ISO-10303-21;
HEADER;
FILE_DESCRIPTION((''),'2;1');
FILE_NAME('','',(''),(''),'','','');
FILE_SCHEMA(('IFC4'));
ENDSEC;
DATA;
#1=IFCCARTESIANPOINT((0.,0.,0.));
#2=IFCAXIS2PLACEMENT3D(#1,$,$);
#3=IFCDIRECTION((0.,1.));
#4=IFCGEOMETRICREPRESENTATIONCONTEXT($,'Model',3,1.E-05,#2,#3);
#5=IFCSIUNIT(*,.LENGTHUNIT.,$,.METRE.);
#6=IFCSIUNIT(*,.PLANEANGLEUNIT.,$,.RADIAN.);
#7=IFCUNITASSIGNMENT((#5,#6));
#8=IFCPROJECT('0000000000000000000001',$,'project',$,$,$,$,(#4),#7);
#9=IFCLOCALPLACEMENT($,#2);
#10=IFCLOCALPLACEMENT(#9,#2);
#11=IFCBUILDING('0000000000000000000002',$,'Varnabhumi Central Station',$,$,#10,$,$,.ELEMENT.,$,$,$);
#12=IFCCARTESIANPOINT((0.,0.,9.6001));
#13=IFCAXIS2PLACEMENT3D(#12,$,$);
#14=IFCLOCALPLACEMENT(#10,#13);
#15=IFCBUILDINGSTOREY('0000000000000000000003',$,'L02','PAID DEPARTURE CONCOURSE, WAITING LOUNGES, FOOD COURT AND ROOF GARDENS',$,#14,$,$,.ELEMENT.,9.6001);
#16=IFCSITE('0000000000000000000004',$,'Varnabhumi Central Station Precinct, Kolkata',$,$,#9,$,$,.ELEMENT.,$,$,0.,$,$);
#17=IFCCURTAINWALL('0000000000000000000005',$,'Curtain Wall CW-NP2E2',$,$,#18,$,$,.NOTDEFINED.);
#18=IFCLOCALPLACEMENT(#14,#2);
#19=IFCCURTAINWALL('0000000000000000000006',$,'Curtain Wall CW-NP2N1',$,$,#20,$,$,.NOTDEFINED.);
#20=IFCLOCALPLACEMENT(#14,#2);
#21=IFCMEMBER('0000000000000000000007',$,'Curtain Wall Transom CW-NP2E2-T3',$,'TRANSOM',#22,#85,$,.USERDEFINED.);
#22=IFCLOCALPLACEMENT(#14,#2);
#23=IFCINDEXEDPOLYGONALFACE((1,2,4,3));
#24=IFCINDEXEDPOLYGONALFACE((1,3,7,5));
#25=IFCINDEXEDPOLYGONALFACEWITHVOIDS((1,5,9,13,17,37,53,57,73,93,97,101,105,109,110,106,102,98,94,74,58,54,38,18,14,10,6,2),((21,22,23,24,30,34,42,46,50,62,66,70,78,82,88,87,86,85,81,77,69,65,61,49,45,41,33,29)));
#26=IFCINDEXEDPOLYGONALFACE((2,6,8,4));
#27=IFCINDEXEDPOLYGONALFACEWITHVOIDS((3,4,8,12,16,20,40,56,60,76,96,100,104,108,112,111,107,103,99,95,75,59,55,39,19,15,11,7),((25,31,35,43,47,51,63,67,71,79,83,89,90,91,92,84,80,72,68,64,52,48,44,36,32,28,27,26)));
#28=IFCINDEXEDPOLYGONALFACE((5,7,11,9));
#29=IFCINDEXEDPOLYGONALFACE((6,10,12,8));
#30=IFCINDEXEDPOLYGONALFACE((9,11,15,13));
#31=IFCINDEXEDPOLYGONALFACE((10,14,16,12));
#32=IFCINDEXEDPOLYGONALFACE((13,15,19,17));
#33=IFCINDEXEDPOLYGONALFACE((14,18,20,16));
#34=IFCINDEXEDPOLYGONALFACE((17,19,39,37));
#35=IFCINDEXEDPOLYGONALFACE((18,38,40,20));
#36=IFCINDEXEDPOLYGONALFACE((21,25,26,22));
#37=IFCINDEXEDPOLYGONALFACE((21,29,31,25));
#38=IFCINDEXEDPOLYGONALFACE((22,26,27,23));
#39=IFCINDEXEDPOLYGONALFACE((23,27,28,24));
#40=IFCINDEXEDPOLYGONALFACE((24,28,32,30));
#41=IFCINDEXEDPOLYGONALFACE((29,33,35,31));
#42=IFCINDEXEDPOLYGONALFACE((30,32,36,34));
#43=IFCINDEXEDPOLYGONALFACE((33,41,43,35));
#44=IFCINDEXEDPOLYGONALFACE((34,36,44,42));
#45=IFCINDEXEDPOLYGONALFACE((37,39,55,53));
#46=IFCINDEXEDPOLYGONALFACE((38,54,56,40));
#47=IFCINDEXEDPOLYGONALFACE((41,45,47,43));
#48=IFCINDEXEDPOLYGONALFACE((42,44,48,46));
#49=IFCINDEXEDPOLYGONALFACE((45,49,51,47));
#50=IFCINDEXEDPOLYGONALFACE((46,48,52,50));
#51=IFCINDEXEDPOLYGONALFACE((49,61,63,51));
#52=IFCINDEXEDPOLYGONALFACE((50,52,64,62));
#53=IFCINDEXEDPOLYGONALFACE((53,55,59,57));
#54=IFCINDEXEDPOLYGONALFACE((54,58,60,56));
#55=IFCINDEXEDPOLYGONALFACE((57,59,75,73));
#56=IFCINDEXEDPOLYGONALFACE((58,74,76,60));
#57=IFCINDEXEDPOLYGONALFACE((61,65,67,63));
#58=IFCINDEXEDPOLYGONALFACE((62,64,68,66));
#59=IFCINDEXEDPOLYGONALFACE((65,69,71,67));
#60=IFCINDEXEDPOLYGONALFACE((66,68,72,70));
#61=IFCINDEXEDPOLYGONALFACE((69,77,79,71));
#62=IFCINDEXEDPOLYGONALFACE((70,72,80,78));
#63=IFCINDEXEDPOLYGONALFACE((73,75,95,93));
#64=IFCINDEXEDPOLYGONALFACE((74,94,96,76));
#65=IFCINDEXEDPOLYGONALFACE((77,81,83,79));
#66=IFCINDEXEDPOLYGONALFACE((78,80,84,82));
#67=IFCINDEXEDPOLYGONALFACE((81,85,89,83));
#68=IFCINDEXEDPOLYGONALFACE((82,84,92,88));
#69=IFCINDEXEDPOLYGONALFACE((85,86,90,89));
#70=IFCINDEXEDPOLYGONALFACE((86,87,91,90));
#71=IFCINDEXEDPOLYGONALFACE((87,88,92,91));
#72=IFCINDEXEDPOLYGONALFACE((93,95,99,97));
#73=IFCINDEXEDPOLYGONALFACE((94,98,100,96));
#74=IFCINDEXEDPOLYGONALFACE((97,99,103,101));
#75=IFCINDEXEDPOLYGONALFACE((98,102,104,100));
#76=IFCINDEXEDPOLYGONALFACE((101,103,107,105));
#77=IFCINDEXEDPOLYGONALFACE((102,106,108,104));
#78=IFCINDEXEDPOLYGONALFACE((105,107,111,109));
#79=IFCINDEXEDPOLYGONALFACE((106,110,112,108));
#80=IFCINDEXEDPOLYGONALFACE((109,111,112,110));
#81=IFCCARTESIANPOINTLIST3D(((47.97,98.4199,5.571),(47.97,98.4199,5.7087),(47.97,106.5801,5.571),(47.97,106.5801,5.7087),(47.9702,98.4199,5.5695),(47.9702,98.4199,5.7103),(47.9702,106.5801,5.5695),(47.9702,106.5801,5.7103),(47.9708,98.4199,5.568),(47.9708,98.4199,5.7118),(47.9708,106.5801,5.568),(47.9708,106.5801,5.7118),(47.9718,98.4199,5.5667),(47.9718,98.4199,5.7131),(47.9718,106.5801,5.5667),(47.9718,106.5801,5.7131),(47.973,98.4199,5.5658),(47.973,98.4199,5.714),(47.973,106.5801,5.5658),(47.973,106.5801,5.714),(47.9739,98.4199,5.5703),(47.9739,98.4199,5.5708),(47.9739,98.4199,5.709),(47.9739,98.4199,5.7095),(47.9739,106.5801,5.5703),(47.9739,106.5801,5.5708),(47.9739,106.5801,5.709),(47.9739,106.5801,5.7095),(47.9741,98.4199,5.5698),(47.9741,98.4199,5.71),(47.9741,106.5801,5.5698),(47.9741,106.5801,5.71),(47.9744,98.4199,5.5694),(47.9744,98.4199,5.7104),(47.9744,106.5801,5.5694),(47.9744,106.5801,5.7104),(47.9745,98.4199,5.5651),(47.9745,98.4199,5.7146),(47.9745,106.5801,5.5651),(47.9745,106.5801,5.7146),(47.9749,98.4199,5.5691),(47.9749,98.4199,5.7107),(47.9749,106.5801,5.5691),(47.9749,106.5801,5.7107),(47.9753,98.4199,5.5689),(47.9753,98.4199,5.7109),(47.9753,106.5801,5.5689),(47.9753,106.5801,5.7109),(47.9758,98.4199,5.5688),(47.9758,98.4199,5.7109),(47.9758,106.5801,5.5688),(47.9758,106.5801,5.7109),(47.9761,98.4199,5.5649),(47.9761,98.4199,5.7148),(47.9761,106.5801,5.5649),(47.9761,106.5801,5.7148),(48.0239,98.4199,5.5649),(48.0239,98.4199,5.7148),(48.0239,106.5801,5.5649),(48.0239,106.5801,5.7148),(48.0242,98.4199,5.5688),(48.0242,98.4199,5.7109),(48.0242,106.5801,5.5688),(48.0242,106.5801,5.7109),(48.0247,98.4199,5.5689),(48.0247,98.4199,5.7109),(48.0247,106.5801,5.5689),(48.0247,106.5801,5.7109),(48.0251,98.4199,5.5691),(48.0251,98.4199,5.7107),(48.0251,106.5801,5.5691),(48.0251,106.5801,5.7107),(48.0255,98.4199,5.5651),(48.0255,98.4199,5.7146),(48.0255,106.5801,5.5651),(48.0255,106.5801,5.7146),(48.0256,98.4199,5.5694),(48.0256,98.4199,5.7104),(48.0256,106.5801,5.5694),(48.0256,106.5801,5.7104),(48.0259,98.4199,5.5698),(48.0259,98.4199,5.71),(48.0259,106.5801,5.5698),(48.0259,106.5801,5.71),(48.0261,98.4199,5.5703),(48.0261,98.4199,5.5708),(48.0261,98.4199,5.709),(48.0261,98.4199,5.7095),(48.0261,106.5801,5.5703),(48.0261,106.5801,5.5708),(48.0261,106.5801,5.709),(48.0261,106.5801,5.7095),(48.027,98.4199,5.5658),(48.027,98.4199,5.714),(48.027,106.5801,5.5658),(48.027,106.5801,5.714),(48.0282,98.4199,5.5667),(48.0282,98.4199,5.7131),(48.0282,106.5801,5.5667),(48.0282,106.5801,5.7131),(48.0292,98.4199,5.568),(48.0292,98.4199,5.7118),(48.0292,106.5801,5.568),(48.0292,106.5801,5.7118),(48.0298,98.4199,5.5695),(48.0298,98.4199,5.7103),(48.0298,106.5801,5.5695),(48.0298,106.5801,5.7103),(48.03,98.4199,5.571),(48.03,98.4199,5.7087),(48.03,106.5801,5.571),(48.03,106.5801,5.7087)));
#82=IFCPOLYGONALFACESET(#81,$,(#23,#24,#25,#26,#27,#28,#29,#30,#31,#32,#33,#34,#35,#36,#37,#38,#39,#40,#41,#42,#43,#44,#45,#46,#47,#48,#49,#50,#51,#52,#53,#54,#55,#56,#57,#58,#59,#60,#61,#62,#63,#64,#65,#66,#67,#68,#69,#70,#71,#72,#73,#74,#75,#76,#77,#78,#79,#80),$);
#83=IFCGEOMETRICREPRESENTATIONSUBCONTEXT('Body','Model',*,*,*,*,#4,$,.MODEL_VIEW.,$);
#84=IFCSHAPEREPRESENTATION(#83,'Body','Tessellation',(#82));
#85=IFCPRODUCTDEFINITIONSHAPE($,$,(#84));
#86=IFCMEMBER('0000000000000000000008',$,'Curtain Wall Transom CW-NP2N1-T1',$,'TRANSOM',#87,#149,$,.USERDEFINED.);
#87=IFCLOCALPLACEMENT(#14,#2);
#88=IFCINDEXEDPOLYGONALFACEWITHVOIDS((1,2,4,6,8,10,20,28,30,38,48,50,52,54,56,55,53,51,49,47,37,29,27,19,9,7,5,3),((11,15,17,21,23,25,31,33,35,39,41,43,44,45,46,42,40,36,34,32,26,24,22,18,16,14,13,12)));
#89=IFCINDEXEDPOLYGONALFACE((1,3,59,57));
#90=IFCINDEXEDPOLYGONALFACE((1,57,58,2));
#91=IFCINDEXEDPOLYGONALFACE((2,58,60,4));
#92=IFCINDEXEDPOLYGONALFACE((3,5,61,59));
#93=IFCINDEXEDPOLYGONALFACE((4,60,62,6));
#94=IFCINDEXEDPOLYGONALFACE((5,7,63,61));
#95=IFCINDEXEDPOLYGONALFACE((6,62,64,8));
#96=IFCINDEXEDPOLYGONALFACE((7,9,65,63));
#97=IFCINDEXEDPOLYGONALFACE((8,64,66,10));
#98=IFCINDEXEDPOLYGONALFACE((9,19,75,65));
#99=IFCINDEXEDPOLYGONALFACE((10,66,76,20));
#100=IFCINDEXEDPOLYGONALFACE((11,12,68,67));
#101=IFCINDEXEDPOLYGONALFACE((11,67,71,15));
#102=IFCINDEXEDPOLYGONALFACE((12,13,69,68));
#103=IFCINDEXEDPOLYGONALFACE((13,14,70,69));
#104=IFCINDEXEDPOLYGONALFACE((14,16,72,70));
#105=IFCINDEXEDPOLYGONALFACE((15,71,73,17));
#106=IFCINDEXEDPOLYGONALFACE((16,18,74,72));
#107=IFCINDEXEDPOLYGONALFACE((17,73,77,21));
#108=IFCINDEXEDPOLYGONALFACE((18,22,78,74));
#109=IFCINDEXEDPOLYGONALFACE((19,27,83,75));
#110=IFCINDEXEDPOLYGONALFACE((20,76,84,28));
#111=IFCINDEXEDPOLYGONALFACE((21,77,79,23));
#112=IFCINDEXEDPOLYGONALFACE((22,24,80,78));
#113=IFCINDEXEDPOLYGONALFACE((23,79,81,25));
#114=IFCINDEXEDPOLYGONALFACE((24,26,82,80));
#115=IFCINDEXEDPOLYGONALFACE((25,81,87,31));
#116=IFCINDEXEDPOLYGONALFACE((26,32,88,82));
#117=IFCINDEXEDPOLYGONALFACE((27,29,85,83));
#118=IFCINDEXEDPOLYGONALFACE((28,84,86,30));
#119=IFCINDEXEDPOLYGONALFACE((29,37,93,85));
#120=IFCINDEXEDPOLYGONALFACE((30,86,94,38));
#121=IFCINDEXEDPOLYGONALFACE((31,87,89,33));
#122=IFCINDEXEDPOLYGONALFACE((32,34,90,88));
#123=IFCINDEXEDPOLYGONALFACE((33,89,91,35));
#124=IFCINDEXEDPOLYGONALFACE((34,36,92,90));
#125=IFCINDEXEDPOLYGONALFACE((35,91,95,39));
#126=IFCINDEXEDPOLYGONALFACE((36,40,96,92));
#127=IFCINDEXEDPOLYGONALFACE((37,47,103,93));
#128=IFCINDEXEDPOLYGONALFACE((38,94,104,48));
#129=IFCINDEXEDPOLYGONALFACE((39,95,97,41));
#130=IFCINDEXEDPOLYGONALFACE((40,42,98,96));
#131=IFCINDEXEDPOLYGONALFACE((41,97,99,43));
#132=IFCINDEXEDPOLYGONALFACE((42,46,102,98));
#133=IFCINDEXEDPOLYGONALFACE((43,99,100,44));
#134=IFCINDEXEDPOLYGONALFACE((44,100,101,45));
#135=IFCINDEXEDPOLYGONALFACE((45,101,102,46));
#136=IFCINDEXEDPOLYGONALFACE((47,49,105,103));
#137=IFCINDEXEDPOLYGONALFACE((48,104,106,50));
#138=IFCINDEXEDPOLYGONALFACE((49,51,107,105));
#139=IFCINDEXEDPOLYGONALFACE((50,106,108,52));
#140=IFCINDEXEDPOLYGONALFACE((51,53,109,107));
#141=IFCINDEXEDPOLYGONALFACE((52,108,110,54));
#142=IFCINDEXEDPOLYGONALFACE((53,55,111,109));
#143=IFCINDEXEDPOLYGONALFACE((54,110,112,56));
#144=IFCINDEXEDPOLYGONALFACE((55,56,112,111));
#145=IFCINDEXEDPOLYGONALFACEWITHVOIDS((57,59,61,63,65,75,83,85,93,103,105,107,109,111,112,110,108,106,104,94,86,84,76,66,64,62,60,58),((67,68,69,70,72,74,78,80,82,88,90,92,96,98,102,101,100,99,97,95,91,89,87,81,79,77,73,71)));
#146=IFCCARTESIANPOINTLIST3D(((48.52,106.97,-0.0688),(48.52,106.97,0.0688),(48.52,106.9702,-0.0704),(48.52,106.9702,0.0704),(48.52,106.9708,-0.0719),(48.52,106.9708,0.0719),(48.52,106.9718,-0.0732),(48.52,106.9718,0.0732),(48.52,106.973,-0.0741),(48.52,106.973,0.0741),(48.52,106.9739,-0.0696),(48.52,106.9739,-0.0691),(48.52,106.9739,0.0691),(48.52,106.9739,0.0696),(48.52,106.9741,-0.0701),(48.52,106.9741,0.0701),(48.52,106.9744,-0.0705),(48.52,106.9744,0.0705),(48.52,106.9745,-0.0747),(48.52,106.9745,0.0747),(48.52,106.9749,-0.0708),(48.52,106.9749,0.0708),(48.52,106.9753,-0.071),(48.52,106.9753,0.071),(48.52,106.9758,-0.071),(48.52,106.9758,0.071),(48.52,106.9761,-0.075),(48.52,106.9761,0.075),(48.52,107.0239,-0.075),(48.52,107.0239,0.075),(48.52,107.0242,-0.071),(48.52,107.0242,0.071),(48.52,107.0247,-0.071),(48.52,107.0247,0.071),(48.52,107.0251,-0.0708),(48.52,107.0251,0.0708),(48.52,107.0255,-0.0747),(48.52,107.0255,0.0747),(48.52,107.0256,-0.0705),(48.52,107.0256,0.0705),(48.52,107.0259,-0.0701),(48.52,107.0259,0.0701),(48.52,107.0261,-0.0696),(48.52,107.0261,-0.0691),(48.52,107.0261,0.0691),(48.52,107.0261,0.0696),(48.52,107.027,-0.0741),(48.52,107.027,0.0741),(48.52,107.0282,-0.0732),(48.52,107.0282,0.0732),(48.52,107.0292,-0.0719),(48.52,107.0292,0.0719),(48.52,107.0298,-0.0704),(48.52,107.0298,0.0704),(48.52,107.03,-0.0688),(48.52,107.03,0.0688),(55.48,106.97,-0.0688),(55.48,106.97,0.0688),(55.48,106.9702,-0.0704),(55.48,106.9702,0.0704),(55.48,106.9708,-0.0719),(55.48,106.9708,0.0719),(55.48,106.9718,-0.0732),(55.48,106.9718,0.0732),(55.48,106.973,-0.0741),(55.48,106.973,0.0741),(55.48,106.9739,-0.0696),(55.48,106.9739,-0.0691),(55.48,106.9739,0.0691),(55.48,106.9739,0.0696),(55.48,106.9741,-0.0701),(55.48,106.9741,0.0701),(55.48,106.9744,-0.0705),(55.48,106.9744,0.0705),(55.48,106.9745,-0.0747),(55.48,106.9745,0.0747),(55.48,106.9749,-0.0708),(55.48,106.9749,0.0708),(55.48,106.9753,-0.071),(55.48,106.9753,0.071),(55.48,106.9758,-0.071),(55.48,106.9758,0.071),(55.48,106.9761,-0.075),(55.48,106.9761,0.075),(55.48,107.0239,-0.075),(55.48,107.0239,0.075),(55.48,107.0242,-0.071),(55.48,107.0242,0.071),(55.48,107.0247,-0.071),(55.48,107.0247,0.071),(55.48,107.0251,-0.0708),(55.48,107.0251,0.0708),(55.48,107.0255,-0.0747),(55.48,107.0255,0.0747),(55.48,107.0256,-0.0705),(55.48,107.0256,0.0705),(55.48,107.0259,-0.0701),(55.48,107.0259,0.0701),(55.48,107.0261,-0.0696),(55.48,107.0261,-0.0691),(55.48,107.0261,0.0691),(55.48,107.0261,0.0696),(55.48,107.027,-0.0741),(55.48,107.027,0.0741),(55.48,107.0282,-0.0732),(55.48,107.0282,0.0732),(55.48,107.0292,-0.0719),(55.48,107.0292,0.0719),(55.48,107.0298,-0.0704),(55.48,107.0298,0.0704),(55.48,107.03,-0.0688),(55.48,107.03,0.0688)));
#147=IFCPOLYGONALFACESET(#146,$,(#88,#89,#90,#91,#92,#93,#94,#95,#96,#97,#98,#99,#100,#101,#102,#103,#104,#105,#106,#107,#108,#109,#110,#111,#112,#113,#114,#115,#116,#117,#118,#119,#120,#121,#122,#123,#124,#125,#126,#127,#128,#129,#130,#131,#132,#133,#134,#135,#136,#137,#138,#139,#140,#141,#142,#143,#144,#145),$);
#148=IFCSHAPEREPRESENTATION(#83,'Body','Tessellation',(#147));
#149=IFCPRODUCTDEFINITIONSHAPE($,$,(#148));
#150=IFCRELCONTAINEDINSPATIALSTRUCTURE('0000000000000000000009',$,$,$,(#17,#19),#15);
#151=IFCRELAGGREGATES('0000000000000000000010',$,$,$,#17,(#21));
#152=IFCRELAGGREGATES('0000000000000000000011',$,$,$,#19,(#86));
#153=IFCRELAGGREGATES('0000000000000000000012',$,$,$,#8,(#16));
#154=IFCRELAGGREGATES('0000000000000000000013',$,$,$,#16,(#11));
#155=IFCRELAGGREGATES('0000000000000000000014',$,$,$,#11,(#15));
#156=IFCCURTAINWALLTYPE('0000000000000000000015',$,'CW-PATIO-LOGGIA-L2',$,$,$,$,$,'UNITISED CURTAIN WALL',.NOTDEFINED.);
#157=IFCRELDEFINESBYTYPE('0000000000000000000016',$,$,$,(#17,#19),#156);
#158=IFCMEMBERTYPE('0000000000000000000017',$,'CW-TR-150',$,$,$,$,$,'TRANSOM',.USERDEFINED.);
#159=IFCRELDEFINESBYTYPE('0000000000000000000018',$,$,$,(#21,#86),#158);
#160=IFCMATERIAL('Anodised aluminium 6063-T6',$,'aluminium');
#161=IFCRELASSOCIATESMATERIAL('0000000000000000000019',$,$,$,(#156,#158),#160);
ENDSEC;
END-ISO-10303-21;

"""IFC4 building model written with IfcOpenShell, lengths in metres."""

from ifc_helpers import new_model, si_unit, direction, frame, origin, origin_2d, place, context, subcontext, project, spatial, hollow_rectangle, extrude, material, material_profile, profile_set, type_object, element, aggregate, save


model = new_model("IFC4")

# Units and contexts
model_context = context("Model", 3, precision=1e-05, world=origin(), true_north=direction((0.0, 1.0)))
body_context = subcontext(model_context, "Body", "Model", "MODEL_VIEW")
ifc_project = project(units=[si_unit("LENGTHUNIT", "METRE"), si_unit("PLANEANGLEUNIT", "RADIAN")], contexts=[model_context])

# Site, building, storey
site_placement = place(None, origin())
site = spatial("IfcSite", under=ifc_project, at=site_placement, Name="Varnabhumi Central Station Precinct, Kolkata", CompositionType="ELEMENT", RefElevation=0.0)
building_placement = place(site_placement, origin())
building = spatial("IfcBuilding", under=site, at=building_placement, Name="Varnabhumi Central Station", CompositionType="ELEMENT")
storey_placement = place(building_placement, frame((0.0, 0.0, 9.6001)))
storey = spatial("IfcBuildingStorey", under=building, at=storey_placement, Name="L02", Description="PAID DEPARTURE CONCOURSE, WAITING LOUNGES, FOOD COURT AND ROOF GARDENS", CompositionType="ELEMENT", Elevation=9.6001)

# Curtain walls
ifc_material_1 = material(Name="Anodised aluminium 6063-T6", Category="aluminium")
curtain_wall_type = type_object("IfcCurtainWallType", Name="CW-PATIO-LOGGIA-L2", ElementType="UNITISED CURTAIN WALL", PredefinedType="NOTDEFINED", material=ifc_material_1)
curtain_wall_1_placement = place(storey_placement, origin())
curtain_wall_1 = element("IfcCurtainWall", 1, at=curtain_wall_1_placement, inside=storey, type_object=curtain_wall_type, Name="Curtain Wall CW-NP2E2", PredefinedType="NOTDEFINED")
curtain_wall_2_placement = place(storey_placement, origin())
curtain_wall_2 = element("IfcCurtainWall", 2, at=curtain_wall_2_placement, inside=storey, type_object=curtain_wall_type, Name="Curtain Wall CW-NP2N1", PredefinedType="NOTDEFINED")

# Members
ifc_material_profile_1 = material_profile(ifc_material_1, hollow_rectangle(XDim=0.0601, YDim=0.1499, WallThickness=0.0039, InnerFilletRadius=0.002, OuterFilletRadius=0.0061, at=origin_2d()), Name="Anodised aluminium 6063-T6", Category="aluminium")
ifc_profile_set_1 = profile_set([ifc_material_profile_1], Name="Anodised aluminium 6063-T6")
member_type_1 = type_object("IfcMemberType", Name="CW-TR-150", ElementType="TRANSOM", PredefinedType="USERDEFINED", material=ifc_profile_set_1)
member_1_placement = place(storey_placement, frame((48.0, 98.4199, 5.6399), z_axis=(0.0, 1.0, 0.0), x_axis=(-1.0, 0.0, 0.0)))
member_1 = element("IfcMember", 3, at=member_1_placement, type_object=member_type_1, Name="Curtain Wall Transom CW-NP2E2-T3", ObjectType="TRANSOM", PredefinedType="USERDEFINED", context=body_context, shape_type="SweptSolid", body=[
    extrude(hollow_rectangle(XDim=0.0601, YDim=0.1499, WallThickness=0.0039, InnerFilletRadius=0.002, OuterFilletRadius=0.0061, at=origin_2d()), origin(), (0.0, 0.0, 1.0), 8.1602),
])
member_2_placement = place(storey_placement, frame((48.52, 107.0, 0.0), z_axis=(1.0, 0.0, 0.0), x_axis=(0.0, 1.0, 0.0)))
member_2 = element("IfcMember", 4, at=member_2_placement, type_object=member_type_1, Name="Curtain Wall Transom CW-NP2N1-T1", ObjectType="TRANSOM", PredefinedType="USERDEFINED", context=body_context, shape_type="SweptSolid", body=[
    extrude(hollow_rectangle(XDim=0.0601, YDim=0.1499, WallThickness=0.0039, InnerFilletRadius=0.002, OuterFilletRadius=0.0061, at=origin_2d()), origin(), (0.0, 0.0, 1.0), 6.96),
])

aggregate(curtain_wall_1, [member_1])
aggregate(curtain_wall_2, [member_2])

save(model, "model.ifc")
